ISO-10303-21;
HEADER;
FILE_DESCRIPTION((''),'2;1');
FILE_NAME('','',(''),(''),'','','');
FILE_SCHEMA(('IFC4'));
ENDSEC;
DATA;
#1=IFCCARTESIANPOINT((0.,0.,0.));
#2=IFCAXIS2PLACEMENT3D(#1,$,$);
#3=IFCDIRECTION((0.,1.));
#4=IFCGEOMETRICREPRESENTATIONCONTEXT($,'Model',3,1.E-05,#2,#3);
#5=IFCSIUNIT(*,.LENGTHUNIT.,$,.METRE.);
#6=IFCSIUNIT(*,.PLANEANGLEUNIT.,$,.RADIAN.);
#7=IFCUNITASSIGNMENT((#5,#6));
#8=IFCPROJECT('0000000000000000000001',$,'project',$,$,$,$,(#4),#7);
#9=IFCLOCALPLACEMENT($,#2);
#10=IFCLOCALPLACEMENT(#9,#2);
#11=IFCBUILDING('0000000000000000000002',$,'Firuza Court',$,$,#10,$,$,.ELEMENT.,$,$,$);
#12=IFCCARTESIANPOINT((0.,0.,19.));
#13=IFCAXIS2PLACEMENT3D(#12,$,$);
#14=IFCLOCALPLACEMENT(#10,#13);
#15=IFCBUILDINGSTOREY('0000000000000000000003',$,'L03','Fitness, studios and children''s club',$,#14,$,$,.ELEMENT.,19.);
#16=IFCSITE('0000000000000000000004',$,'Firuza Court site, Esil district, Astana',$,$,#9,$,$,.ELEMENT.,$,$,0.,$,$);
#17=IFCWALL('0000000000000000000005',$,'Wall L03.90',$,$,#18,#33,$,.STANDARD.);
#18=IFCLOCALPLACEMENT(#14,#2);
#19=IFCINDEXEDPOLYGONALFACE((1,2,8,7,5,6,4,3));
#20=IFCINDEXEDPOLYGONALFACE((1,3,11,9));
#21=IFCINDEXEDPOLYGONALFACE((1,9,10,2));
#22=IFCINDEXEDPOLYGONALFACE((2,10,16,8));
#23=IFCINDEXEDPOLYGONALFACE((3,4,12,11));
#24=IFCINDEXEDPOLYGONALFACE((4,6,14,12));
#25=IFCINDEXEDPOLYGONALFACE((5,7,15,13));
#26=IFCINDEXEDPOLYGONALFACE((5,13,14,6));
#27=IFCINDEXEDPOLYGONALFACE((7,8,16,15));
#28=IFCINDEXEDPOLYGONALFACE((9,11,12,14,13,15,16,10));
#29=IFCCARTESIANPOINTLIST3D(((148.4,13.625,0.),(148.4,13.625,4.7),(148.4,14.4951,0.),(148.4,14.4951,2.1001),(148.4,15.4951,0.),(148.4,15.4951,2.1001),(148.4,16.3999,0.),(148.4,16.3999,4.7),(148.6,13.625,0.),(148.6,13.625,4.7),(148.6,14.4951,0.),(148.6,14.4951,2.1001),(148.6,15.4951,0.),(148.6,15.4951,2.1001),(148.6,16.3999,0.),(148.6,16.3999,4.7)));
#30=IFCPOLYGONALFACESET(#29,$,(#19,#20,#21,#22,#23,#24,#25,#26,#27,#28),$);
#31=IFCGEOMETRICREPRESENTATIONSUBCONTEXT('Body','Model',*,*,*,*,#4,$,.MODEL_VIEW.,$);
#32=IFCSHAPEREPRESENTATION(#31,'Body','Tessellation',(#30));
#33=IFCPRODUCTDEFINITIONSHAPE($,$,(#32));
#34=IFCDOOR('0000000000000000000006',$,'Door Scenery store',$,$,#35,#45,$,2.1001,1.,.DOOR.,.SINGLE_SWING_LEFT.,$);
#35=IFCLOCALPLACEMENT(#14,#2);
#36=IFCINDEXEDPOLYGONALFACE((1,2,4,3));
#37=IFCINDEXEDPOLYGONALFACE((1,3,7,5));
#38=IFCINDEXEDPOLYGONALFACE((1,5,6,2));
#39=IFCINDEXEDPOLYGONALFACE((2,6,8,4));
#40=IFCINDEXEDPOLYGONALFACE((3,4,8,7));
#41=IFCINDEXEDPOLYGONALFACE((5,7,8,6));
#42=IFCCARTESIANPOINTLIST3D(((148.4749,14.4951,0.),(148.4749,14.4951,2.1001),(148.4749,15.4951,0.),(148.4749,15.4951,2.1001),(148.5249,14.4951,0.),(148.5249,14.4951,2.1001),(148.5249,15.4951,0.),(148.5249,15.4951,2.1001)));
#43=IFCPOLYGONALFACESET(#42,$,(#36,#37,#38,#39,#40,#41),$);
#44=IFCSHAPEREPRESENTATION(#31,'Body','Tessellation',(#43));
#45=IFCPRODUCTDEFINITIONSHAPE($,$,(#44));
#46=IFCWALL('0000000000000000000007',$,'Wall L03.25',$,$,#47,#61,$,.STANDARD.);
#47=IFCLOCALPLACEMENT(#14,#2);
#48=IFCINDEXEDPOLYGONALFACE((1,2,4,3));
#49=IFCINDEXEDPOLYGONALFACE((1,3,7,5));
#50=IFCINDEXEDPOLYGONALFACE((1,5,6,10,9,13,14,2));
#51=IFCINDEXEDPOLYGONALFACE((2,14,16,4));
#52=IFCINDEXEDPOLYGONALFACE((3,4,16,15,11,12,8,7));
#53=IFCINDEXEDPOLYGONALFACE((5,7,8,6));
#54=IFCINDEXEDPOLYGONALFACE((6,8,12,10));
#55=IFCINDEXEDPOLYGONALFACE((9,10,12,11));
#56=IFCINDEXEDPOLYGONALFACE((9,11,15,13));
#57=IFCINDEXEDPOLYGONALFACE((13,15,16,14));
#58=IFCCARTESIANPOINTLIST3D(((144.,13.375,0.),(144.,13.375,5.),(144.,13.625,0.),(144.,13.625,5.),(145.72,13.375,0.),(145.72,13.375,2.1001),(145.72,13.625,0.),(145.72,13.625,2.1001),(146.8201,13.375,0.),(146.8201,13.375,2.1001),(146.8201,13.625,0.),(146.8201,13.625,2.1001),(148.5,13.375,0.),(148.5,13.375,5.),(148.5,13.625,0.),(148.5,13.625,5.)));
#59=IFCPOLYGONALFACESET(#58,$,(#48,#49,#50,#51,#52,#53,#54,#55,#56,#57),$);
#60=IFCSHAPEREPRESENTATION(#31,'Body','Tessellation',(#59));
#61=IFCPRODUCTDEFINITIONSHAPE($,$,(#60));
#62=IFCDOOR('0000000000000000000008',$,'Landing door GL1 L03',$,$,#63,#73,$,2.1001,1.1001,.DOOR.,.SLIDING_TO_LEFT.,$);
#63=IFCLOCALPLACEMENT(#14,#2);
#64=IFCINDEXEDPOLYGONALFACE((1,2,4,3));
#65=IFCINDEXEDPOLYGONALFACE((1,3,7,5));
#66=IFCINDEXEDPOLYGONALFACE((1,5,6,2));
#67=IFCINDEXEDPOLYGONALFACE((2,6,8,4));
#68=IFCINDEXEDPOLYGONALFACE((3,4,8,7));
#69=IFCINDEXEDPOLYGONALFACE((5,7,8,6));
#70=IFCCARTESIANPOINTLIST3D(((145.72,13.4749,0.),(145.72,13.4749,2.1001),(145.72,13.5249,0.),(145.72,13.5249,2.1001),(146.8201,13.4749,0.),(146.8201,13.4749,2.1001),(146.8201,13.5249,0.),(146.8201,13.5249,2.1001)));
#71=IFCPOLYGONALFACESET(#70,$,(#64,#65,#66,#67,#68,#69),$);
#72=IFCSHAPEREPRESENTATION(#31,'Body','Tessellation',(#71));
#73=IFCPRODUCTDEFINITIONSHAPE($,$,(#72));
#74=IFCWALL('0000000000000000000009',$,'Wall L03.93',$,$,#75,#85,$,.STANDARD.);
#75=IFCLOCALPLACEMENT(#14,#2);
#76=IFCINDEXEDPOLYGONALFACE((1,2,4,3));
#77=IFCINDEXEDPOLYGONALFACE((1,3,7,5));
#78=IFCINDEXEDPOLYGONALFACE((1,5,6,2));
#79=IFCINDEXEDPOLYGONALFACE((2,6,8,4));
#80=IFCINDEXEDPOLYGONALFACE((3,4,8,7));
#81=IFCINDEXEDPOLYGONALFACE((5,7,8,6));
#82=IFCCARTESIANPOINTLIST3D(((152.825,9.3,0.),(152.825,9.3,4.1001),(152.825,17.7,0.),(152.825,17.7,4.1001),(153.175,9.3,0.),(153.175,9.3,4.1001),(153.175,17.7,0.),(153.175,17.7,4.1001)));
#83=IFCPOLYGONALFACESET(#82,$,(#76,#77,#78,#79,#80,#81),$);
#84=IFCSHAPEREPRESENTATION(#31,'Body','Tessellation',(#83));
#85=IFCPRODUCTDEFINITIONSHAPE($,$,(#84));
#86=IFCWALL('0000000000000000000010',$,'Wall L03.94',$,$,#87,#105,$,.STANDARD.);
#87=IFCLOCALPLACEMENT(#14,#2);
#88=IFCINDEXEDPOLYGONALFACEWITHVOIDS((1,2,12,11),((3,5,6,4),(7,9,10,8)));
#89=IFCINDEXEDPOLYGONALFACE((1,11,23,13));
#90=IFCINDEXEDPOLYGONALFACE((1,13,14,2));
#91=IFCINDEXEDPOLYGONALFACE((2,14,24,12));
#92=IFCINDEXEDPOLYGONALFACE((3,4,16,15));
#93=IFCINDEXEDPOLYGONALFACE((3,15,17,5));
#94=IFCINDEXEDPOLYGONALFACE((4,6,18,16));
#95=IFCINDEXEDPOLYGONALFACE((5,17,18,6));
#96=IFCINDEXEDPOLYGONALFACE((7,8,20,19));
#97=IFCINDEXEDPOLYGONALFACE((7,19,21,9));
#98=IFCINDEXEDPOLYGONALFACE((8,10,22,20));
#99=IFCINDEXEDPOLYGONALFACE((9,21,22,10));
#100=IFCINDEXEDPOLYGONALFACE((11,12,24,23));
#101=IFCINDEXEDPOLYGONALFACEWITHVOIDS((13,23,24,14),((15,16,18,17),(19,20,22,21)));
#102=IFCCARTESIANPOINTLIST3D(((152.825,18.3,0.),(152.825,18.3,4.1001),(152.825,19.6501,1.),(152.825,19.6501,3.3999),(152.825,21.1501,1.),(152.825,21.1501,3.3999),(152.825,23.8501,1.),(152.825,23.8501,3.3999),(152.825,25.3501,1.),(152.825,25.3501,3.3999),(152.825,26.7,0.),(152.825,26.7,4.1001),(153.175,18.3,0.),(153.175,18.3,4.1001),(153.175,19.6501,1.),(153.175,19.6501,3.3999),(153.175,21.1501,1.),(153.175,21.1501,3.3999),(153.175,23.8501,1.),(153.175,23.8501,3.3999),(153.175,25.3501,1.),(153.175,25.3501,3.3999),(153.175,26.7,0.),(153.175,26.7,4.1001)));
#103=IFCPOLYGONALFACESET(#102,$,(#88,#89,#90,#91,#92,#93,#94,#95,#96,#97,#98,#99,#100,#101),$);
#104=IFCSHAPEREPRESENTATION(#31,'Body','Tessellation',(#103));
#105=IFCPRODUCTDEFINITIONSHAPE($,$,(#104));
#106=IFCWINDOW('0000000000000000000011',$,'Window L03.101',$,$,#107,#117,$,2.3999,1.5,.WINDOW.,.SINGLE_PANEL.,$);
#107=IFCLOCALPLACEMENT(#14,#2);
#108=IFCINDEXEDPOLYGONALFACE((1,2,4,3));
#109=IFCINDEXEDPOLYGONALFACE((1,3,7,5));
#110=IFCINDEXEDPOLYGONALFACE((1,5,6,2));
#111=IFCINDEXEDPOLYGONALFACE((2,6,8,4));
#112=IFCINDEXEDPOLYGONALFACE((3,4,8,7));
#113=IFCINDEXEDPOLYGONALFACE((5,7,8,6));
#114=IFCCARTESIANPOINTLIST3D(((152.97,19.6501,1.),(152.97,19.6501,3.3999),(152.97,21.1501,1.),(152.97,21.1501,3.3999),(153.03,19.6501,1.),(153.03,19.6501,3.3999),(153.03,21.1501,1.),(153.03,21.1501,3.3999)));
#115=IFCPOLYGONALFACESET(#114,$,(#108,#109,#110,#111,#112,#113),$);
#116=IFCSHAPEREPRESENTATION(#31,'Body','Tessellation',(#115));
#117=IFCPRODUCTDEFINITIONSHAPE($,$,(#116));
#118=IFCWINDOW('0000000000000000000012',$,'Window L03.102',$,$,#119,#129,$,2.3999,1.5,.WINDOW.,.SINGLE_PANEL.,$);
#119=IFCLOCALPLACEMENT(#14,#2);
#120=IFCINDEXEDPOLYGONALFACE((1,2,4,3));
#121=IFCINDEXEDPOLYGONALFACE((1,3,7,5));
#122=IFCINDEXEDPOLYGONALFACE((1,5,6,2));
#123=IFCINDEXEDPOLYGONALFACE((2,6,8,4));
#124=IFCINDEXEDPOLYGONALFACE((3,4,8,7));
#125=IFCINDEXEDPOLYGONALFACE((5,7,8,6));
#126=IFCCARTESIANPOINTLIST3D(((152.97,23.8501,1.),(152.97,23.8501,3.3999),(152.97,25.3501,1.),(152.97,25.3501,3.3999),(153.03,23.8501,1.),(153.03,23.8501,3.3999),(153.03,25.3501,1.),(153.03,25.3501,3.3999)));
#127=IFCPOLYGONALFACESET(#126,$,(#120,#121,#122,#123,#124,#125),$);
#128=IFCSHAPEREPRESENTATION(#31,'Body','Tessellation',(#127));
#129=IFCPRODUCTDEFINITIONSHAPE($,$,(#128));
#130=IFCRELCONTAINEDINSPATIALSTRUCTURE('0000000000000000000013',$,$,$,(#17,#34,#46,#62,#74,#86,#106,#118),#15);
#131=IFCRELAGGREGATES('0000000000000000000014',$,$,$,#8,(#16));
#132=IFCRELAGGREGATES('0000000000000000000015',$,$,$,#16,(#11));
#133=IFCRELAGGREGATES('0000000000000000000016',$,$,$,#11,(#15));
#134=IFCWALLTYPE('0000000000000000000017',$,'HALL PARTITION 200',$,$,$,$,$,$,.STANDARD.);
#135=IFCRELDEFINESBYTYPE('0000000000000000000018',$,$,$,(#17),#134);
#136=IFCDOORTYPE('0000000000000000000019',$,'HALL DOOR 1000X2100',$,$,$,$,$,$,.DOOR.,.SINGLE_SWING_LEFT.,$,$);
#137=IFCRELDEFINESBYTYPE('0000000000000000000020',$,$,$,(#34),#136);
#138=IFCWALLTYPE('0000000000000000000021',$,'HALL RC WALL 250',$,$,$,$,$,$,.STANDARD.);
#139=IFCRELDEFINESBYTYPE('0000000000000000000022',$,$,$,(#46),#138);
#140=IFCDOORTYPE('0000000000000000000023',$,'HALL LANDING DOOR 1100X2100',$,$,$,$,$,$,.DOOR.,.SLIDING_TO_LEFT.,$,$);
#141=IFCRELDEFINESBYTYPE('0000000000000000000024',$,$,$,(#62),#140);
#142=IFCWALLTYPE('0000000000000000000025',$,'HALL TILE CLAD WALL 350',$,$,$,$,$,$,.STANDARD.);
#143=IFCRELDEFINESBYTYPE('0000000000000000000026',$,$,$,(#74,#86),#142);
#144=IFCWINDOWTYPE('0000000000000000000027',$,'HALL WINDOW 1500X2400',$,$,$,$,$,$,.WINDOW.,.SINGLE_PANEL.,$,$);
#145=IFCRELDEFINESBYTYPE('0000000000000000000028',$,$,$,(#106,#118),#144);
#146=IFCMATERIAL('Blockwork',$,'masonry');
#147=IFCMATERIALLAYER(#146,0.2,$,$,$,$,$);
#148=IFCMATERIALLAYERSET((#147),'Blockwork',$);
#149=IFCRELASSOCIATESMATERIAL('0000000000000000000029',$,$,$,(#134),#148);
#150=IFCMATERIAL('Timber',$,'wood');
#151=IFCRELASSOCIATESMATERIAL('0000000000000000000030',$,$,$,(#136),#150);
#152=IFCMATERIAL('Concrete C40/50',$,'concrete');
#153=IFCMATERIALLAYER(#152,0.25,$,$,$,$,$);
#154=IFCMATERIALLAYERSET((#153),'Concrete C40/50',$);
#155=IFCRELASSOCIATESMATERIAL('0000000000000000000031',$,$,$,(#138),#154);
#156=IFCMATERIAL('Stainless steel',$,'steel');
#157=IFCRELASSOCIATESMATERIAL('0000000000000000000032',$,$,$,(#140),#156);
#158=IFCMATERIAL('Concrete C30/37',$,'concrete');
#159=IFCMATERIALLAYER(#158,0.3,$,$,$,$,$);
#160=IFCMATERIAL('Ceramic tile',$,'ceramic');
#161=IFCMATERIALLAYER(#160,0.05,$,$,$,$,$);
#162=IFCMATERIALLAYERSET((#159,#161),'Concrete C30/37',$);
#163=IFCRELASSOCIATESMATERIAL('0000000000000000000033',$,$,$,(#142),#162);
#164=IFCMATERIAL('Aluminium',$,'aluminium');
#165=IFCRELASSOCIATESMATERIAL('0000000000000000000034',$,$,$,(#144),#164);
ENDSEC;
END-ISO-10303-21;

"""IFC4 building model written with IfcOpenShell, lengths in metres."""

from ifc_helpers import new_model, si_unit, direction, frame, frame_2d, origin, place, context, subcontext, project, spatial, rectangle, extrude, material, layer, layer_set, type_object, element, fill, save


model = new_model("IFC4")

# Units and contexts
model_context = context("Model", 3, precision=1e-05, world=origin(), true_north=direction((0.0, 1.0)))
body_context = subcontext(model_context, "Body", "Model", "MODEL_VIEW")
ifc_project = project(units=[si_unit("LENGTHUNIT", "METRE"), si_unit("PLANEANGLEUNIT", "RADIAN")], contexts=[model_context])

# Site, building, storey
site_placement = place(None, origin())
site = spatial("IfcSite", under=ifc_project, at=site_placement, Name="Firuza Court site, Esil district, Astana", CompositionType="ELEMENT", RefElevation=0.0)
building_placement = place(site_placement, origin())
building = spatial("IfcBuilding", under=site, at=building_placement, Name="Firuza Court", CompositionType="ELEMENT")
storey_placement = place(building_placement, frame((0.0, 0.0, 19.0)))
storey = spatial("IfcBuildingStorey", under=building, at=storey_placement, Name="L03", Description="Fitness, studios and children's club", CompositionType="ELEMENT", Elevation=19.0)

# Shared definitions
ifc_material_1 = material(Name="Blockwork", Category="masonry")
ifc_layer_1 = layer(ifc_material_1, 0.2)
ifc_layer_set_1 = layer_set([ifc_layer_1], Name="Blockwork")
wall_type_1 = type_object("IfcWallType", Name="HALL PARTITION 200", PredefinedType="STANDARD", material=ifc_layer_set_1)

# Walls, openings, doors
ifc_material_2 = material(Name="Timber", Category="wood")
door_type_1 = type_object("IfcDoorType", Name="HALL DOOR 1000X2100", OperationType="SINGLE_SWING_LEFT", PredefinedType="DOOR", material=ifc_material_2)
wall_1_placement = place(storey_placement, frame((148.5, 13.625, 0.0), z_axis=(0.0, 0.0, 1.0), x_axis=(0.0, 1.0, 0.0)))
wall_1 = element("IfcWall", 1, at=wall_1_placement, inside=storey, type_object=wall_type_1, Name="Wall L03.90", PredefinedType="STANDARD", context=body_context, shape_type="SweptSolid", body=[
    extrude(rectangle(XDim=2.7749, YDim=0.2, at=frame_2d((1.3875, 0.0))), origin(), (0.0, 0.0, 1.0), 4.7),
])
opening_1_placement = place(wall_1_placement, frame((0.8701, 0.0, 0.0)))
opening_1 = element("IfcOpeningElement", 2, at=opening_1_placement, cuts=wall_1, PredefinedType="OPENING", context=body_context, shape_type="SweptSolid", body=[
    extrude(rectangle(XDim=1.0, YDim=2.1001, at=frame_2d((0.5, 1.05))), frame((0.0, 0.1118, 0.0), z_axis=(0.0, -1.0, 0.0), x_axis=(1.0, 0.0, 0.0)), (0.0, 0.0, 1.0), 0.2239),
])
door_1_placement = place(opening_1_placement, frame((1.0, 0.0, 0.0), z_axis=(0.0, 0.0, 1.0), x_axis=(-1.0, 0.0, 0.0)))
door_1 = element("IfcDoor", 3, at=door_1_placement, inside=storey, type_object=door_type_1, Name="Door Scenery store", OperationType="SINGLE_SWING_LEFT", OverallHeight=2.1001, OverallWidth=1.0, PredefinedType="DOOR", context=body_context, shape_type="SweptSolid", body=[
    extrude(rectangle(XDim=1.0, YDim=2.1001, at=frame_2d((0.5, 1.05))), frame((0.0, 0.0249, 0.0), z_axis=(0.0, -1.0, 0.0), x_axis=(1.0, 0.0, 0.0)), (0.0, 0.0, 1.0), 0.05),
])
fill(opening_1, door_1)
ifc_material_3 = material(Name="Concrete C40/50", Category="concrete")
ifc_layer_2 = layer(ifc_material_3, 0.25)
ifc_layer_set_2 = layer_set([ifc_layer_2], Name="Concrete C40/50")
wall_type_2 = type_object("IfcWallType", Name="HALL RC WALL 250", PredefinedType="STANDARD", material=ifc_layer_set_2)
wall_2_placement = place(storey_placement, frame((144.0, 13.5, 0.0), z_axis=(0.0, 0.0, 1.0), x_axis=(1.0, 0.0, 0.0)))
wall_2 = element("IfcWall", 4, at=wall_2_placement, inside=storey, type_object=wall_type_2, Name="Wall L03.25", PredefinedType="STANDARD", context=body_context, shape_type="SweptSolid", body=[
    extrude(rectangle(XDim=4.5, YDim=0.25, at=frame_2d((2.25, 0.0))), origin(), (0.0, 0.0, 1.0), 5.0),
])
opening_2_placement = place(wall_2_placement, frame((1.72, 0.0, 0.0)))
opening_2 = element("IfcOpeningElement", 5, at=opening_2_placement, cuts=wall_2, PredefinedType="OPENING", context=body_context, shape_type="SweptSolid", body=[
    extrude(rectangle(XDim=1.1001, YDim=2.1001, at=frame_2d((0.55, 1.05))), frame((0.0, 0.137, 0.0), z_axis=(0.0, -1.0, 0.0), x_axis=(1.0, 0.0, 0.0)), (0.0, 0.0, 1.0), 0.2739),
])
ifc_material_4 = material(Name="Stainless steel", Category="steel")
door_type_2 = type_object("IfcDoorType", Name="HALL LANDING DOOR 1100X2100", OperationType="SLIDING_TO_LEFT", PredefinedType="DOOR", material=ifc_material_4)
door_2_placement = place(opening_2_placement, origin())
door_2 = element("IfcDoor", 6, at=door_2_placement, inside=storey, type_object=door_type_2, Name="Landing door GL1 L03", OperationType="SLIDING_TO_LEFT", OverallHeight=2.1001, OverallWidth=1.1001, PredefinedType="DOOR", context=body_context, shape_type="SweptSolid", body=[
    extrude(rectangle(XDim=1.1001, YDim=2.1001, at=frame_2d((0.55, 1.05))), frame((0.0, 0.0249, 0.0), z_axis=(0.0, -1.0, 0.0), x_axis=(1.0, 0.0, 0.0)), (0.0, 0.0, 1.0), 0.05),
])
fill(opening_2, door_2)

# Wall
ifc_material_5 = material(Name="Concrete C30/37", Category="concrete")
ifc_layer_3 = layer(ifc_material_5, 0.3)
ifc_material_6 = material(Name="Ceramic tile", Category="ceramic")
ifc_layer_4 = layer(ifc_material_6, 0.05)
ifc_layer_set_3 = layer_set([ifc_layer_3, ifc_layer_4], Name="Concrete C30/37")
wall_type_3 = type_object("IfcWallType", Name="HALL TILE CLAD WALL 350", PredefinedType="STANDARD", material=ifc_layer_set_3)
wall_3_placement = place(storey_placement, frame((153.0, 9.3, 0.0), z_axis=(0.0, 0.0, 1.0), x_axis=(0.0, 1.0, 0.0)))
element("IfcWall", 7, at=wall_3_placement, inside=storey, type_object=wall_type_3, Name="Wall L03.93", PredefinedType="STANDARD", context=body_context, shape_type="SweptSolid", body=[
    extrude(rectangle(XDim=8.3999, YDim=0.3501, at=frame_2d((4.2, 0.0))), origin(), (0.0, 0.0, 1.0), 4.1001),
])

# Wall, openings, windows
wall_4_placement = place(storey_placement, frame((153.0, 18.3, 0.0), z_axis=(0.0, 0.0, 1.0), x_axis=(0.0, 1.0, 0.0)))
wall_4 = element("IfcWall", 8, at=wall_4_placement, inside=storey, type_object=wall_type_3, Name="Wall L03.94", PredefinedType="STANDARD", context=body_context, shape_type="SweptSolid", body=[
    extrude(rectangle(XDim=8.3999, YDim=0.3501, at=frame_2d((4.2, 0.0))), origin(), (0.0, 0.0, 1.0), 4.1001),
])
opening_3_placement = place(wall_4_placement, frame((1.3501, 0.0, 1.0)))
opening_3 = element("IfcOpeningElement", 9, at=opening_3_placement, cuts=wall_4, PredefinedType="OPENING", context=body_context, shape_type="SweptSolid", body=[
    extrude(rectangle(XDim=1.5, YDim=2.3999, at=frame_2d((0.75, 1.2))), frame((0.0, 0.187, 0.0), z_axis=(0.0, -1.0, 0.0), x_axis=(1.0, 0.0, 0.0)), (0.0, 0.0, 1.0), 0.374),
])
opening_4_placement = place(wall_4_placement, frame((5.55, 0.0, 1.0)))
opening_4 = element("IfcOpeningElement", 10, at=opening_4_placement, cuts=wall_4, PredefinedType="OPENING", context=body_context, shape_type="SweptSolid", body=[
    extrude(rectangle(XDim=1.5, YDim=2.3999, at=frame_2d((0.75, 1.2))), frame((0.0, 0.187, 0.0), z_axis=(0.0, -1.0, 0.0), x_axis=(1.0, 0.0, 0.0)), (0.0, 0.0, 1.0), 0.374),
])
ifc_material_7 = material(Name="Aluminium", Category="aluminium")
window_type = type_object("IfcWindowType", Name="HALL WINDOW 1500X2400", PartitioningType="SINGLE_PANEL", PredefinedType="WINDOW", material=ifc_material_7)
window_1_placement = place(opening_3_placement, origin())
window_1 = element("IfcWindow", 11, at=window_1_placement, inside=storey, type_object=window_type, Name="Window L03.101", OverallHeight=2.3999, OverallWidth=1.5, PartitioningType="SINGLE_PANEL", PredefinedType="WINDOW", context=body_context, shape_type="SweptSolid", body=[
    extrude(rectangle(XDim=1.5, YDim=2.3999, at=frame_2d((0.75, 1.2))), frame((0.0, 0.03, 0.0), z_axis=(0.0, -1.0, 0.0), x_axis=(1.0, 0.0, 0.0)), (0.0, 0.0, 1.0), 0.0601),
])
fill(opening_3, window_1)
window_2_placement = place(opening_4_placement, origin())
window_2 = element("IfcWindow", 12, at=window_2_placement, inside=storey, type_object=window_type, Name="Window L03.102", OverallHeight=2.3999, OverallWidth=1.5, PartitioningType="SINGLE_PANEL", PredefinedType="WINDOW", context=body_context, shape_type="SweptSolid", body=[
    extrude(rectangle(XDim=1.5, YDim=2.3999, at=frame_2d((0.75, 1.2))), frame((0.0, 0.03, 0.0), z_axis=(0.0, -1.0, 0.0), x_axis=(1.0, 0.0, 0.0)), (0.0, 0.0, 1.0), 0.0601),
])
fill(opening_4, window_2)

save(model, "model.ifc")
